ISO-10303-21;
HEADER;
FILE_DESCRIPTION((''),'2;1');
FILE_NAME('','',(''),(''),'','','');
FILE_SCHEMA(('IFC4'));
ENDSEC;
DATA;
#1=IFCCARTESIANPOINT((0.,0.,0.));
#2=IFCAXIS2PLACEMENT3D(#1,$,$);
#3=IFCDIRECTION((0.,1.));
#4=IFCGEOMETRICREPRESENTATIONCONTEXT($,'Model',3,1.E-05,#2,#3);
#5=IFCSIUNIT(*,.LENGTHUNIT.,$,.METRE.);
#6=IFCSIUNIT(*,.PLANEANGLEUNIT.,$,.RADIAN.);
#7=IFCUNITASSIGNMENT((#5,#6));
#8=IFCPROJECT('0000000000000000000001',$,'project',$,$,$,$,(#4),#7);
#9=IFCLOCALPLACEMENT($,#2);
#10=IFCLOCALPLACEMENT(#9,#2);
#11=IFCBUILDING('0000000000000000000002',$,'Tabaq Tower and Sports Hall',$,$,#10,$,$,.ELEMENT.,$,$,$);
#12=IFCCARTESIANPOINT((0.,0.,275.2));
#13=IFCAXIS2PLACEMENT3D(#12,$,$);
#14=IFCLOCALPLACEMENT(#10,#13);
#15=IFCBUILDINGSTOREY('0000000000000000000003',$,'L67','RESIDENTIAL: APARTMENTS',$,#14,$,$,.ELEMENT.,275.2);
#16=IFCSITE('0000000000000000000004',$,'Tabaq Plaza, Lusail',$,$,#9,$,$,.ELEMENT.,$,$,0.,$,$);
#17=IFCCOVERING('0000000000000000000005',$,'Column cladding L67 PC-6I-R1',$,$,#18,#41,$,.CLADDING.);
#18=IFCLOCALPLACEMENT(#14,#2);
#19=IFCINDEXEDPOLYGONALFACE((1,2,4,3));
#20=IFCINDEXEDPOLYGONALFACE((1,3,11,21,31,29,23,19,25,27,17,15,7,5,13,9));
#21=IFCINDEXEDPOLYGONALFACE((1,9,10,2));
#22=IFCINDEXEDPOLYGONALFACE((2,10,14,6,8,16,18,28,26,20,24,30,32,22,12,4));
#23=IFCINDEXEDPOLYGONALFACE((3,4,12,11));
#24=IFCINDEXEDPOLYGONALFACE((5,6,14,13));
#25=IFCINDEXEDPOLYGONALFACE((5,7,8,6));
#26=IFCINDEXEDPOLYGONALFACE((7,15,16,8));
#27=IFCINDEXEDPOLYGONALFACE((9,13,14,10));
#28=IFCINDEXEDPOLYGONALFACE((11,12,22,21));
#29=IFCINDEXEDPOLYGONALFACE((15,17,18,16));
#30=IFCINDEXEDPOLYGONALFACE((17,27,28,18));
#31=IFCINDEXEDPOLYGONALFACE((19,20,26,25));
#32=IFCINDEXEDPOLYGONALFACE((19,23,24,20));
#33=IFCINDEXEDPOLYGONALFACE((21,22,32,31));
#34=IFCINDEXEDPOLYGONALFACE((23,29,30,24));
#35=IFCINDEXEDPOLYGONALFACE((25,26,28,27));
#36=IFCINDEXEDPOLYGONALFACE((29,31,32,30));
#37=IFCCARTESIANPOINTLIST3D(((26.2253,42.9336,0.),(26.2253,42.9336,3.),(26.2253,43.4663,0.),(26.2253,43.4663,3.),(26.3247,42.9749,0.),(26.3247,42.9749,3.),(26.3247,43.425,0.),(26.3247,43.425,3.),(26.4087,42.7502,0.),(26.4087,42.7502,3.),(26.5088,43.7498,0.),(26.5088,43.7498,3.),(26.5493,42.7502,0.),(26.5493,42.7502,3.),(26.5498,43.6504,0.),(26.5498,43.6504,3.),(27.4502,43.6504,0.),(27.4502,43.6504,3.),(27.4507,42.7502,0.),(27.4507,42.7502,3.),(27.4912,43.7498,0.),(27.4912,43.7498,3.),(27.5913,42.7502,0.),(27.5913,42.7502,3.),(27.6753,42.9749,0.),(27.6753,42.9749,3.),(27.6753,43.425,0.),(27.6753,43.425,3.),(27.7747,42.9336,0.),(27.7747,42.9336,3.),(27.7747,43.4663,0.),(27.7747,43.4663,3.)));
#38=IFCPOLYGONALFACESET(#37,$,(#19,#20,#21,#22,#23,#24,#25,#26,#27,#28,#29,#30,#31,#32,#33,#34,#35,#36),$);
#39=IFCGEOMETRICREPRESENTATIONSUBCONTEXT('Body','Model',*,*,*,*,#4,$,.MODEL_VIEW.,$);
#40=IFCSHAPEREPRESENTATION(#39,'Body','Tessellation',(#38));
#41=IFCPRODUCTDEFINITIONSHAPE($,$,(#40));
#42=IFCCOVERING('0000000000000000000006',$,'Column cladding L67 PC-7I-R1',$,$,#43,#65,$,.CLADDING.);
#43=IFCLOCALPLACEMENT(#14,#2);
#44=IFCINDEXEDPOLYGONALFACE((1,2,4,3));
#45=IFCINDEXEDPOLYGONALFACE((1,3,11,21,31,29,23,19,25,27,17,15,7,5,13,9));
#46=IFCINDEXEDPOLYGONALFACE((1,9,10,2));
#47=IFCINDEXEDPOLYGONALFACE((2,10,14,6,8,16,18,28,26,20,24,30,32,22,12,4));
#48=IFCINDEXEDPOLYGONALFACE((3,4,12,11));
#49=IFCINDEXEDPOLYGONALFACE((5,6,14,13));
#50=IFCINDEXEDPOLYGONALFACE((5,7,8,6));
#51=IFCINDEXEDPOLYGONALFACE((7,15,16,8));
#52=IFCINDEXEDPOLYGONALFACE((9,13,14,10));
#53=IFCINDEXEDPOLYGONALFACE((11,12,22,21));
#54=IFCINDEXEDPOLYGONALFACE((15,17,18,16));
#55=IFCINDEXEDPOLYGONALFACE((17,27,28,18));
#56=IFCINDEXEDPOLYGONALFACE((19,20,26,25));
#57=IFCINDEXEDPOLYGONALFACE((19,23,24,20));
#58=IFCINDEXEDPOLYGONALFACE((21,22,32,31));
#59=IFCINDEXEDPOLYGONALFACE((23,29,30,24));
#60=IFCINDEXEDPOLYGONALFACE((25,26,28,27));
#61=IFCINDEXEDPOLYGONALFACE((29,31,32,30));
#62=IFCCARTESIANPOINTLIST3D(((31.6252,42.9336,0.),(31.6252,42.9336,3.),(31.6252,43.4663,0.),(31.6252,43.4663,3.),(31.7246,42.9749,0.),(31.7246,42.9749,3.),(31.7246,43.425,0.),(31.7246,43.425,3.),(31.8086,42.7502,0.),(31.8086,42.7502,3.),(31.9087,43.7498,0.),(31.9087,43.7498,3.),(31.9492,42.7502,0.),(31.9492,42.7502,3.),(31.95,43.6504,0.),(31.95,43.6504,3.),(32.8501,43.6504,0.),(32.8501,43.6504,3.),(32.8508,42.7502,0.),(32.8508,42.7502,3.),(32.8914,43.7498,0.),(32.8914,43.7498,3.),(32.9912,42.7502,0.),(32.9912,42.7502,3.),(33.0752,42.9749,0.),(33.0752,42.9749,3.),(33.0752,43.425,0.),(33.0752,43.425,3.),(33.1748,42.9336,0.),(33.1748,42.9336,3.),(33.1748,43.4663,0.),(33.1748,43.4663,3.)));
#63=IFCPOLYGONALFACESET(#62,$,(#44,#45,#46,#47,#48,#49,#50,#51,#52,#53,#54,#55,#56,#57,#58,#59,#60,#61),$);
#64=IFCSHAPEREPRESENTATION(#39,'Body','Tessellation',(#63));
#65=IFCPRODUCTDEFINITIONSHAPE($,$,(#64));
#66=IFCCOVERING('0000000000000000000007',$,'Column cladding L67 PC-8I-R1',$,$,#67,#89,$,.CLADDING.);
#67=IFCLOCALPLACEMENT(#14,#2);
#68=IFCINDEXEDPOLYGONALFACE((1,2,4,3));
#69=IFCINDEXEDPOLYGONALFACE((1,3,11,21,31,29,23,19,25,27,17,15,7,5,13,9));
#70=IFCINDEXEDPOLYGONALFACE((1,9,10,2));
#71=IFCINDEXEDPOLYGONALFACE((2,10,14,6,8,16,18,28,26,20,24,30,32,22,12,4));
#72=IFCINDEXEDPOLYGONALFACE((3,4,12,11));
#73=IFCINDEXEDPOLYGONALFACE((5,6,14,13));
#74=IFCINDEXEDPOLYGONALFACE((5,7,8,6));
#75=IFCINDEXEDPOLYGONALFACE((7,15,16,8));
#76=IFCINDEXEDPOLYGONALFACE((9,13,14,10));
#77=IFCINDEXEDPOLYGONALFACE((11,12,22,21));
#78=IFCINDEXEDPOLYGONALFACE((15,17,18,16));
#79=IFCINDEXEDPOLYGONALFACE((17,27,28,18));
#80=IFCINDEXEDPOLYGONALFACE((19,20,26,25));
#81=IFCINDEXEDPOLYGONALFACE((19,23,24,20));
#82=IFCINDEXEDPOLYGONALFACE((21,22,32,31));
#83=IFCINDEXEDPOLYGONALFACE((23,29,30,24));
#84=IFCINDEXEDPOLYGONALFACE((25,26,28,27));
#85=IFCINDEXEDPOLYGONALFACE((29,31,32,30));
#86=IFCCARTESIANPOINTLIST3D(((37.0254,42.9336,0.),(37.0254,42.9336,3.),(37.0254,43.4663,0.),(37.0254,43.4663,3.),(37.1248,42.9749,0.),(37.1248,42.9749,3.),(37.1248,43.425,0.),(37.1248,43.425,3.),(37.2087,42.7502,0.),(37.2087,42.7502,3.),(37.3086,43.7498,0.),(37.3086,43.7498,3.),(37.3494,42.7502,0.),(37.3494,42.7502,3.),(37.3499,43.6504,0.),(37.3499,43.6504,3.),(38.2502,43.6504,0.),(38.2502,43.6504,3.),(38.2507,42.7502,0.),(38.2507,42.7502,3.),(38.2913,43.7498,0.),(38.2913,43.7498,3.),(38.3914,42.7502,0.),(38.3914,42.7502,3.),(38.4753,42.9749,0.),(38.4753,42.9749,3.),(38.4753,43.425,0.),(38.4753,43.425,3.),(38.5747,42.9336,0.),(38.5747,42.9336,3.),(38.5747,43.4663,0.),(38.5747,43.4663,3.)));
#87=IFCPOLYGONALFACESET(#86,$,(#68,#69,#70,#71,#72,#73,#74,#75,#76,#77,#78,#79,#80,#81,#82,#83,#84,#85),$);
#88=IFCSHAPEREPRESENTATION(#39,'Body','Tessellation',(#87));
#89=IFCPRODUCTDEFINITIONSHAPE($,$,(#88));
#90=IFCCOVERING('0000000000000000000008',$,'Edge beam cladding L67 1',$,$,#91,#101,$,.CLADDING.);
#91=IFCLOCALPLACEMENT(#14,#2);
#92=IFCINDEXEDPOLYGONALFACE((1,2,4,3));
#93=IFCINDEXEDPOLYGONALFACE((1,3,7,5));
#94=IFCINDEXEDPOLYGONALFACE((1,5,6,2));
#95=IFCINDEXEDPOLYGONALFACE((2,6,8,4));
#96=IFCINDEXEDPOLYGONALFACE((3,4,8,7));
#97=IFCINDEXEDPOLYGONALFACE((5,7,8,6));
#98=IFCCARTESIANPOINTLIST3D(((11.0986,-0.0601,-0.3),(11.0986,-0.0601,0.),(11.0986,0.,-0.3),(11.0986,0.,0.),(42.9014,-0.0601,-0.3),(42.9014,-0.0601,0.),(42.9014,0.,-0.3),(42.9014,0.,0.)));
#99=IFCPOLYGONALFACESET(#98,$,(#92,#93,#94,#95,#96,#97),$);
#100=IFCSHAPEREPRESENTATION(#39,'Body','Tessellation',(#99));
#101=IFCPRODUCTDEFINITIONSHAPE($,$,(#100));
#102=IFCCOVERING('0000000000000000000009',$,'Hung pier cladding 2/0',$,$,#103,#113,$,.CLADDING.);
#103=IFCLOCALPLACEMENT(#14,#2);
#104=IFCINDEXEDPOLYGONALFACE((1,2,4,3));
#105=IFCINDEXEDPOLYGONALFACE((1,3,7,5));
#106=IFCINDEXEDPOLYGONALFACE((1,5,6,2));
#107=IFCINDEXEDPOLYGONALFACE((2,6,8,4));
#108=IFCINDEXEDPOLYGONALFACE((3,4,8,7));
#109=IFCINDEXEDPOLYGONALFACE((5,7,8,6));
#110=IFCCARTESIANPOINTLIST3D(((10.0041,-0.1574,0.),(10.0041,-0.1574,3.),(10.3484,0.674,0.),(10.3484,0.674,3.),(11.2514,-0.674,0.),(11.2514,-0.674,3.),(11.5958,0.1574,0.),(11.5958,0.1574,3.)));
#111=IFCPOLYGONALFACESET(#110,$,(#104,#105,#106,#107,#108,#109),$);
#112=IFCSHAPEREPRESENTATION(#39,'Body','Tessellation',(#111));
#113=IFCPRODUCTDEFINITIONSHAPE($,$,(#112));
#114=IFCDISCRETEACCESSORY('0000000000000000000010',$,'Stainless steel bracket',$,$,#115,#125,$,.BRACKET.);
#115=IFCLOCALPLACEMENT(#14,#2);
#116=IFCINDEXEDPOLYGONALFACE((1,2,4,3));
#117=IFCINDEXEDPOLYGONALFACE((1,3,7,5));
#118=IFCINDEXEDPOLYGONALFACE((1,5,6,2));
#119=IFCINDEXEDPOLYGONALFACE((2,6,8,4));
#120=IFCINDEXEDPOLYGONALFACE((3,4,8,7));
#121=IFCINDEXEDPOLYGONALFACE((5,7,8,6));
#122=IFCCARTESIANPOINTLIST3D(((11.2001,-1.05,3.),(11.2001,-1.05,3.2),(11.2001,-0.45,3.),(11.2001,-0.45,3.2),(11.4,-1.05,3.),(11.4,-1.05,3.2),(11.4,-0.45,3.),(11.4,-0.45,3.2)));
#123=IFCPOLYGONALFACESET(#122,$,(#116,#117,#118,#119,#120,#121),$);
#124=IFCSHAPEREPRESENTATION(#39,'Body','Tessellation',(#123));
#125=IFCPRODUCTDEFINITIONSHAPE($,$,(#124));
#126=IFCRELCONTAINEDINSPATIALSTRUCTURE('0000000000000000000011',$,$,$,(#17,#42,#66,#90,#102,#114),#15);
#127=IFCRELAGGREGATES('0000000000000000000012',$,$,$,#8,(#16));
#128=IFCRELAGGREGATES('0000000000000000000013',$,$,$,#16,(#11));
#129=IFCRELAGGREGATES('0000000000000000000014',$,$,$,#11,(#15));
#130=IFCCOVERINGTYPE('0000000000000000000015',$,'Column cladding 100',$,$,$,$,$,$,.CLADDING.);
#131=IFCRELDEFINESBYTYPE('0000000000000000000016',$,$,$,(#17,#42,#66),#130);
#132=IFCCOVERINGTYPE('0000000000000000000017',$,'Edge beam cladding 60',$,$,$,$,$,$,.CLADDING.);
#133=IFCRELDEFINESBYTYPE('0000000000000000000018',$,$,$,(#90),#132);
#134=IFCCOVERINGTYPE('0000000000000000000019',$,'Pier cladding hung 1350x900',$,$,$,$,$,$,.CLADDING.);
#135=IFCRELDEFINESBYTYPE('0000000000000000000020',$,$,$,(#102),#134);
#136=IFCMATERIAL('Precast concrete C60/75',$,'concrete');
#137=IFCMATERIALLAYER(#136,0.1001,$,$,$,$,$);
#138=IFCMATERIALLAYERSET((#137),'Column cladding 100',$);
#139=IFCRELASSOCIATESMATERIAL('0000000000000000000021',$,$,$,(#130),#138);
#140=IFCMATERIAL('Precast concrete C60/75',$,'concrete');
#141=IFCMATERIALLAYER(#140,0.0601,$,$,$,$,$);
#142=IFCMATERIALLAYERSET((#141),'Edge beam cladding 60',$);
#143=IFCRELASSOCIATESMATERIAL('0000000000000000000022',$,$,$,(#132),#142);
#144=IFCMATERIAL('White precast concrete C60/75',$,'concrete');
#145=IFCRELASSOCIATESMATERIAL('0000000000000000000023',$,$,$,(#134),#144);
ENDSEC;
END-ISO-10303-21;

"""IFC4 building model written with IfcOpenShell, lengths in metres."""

from ifc_helpers import new_model, si_unit, direction, frame, frame_2d, origin, origin_2d, place, context, subcontext, project, spatial, polyline, rectangle, outline, extrude, material, layer, layer_set, type_object, element, save


model = new_model("IFC4")

# Units and contexts
model_context = context("Model", 3, precision=1e-05, world=origin(), true_north=direction((0.0, 1.0)))
body_context = subcontext(model_context, "Body", "Model", "MODEL_VIEW")
ifc_project = project(units=[si_unit("LENGTHUNIT", "METRE"), si_unit("PLANEANGLEUNIT", "RADIAN")], contexts=[model_context])

# Site, building, storey
site_placement = place(None, origin())
site = spatial("IfcSite", under=ifc_project, at=site_placement, Name="Tabaq Plaza, Lusail", CompositionType="ELEMENT", RefElevation=0.0)
building_placement = place(site_placement, origin())
building = spatial("IfcBuilding", under=site, at=building_placement, Name="Tabaq Tower and Sports Hall", CompositionType="ELEMENT")
storey_placement = place(building_placement, frame((0.0, 0.0, 275.2)))
storey = spatial("IfcBuildingStorey", under=building, at=storey_placement, Name="L67", Description="RESIDENTIAL: APARTMENTS", CompositionType="ELEMENT", Elevation=275.2)

# Coverings
ifc_material_1 = material(Name="Precast concrete C60/75", Category="concrete")
ifc_layer_1 = layer(ifc_material_1, 0.1001)
ifc_layer_set_1 = layer_set([ifc_layer_1], Name="Column cladding 100")
covering_type_1 = type_object("IfcCoveringType", Name="Column cladding 100", PredefinedType="CLADDING", material=ifc_layer_set_1)
covering_1_placement = place(storey_placement, origin())
element("IfcCovering", 1, at=covering_1_placement, inside=storey, type_object=covering_type_1, Name="Column cladding L67 PC-6I-R1", PredefinedType="CLADDING", context=body_context, shape_type="SweptSolid", body=[
    extrude(outline(polyline([(26.2253, 43.4663), (26.5088, 43.7498), (27.4912, 43.7498), (27.7747, 43.4663), (27.7747, 42.9336), (27.5913, 42.7502), (27.4507, 42.7502), (27.6753, 42.9749), (27.6753, 43.425), (27.4502, 43.6504), (26.5498, 43.6504), (26.3247, 43.425), (26.3247, 42.9749), (26.5493, 42.7502), (26.4087, 42.7502), (26.2253, 42.9336), (26.2253, 43.4663)])), origin(), (0.0, 0.0, 1.0), 3.0),
])
covering_2_placement = place(storey_placement, origin())
element("IfcCovering", 2, at=covering_2_placement, inside=storey, type_object=covering_type_1, Name="Column cladding L67 PC-7I-R1", PredefinedType="CLADDING", context=body_context, shape_type="SweptSolid", body=[
    extrude(outline(polyline([(31.6252, 43.4663), (31.9087, 43.7498), (32.8914, 43.7498), (33.1748, 43.4663), (33.1748, 42.9336), (32.9912, 42.7502), (32.8508, 42.7502), (33.0752, 42.9749), (33.0752, 43.425), (32.8501, 43.6504), (31.95, 43.6504), (31.7246, 43.425), (31.7246, 42.9749), (31.9492, 42.7502), (31.8086, 42.7502), (31.6252, 42.9336), (31.6252, 43.4663)])), origin(), (0.0, 0.0, 1.0), 3.0),
])
covering_3_placement = place(storey_placement, origin())
element("IfcCovering", 3, at=covering_3_placement, inside=storey, type_object=covering_type_1, Name="Column cladding L67 PC-8I-R1", PredefinedType="CLADDING", context=body_context, shape_type="SweptSolid", body=[
    extrude(outline(polyline([(37.0254, 43.4663), (37.3086, 43.7498), (38.2913, 43.7498), (38.5747, 43.4663), (38.5747, 42.9336), (38.3914, 42.7502), (38.2507, 42.7502), (38.4753, 42.9749), (38.4753, 43.425), (38.2502, 43.6504), (37.3499, 43.6504), (37.1248, 43.425), (37.1248, 42.9749), (37.3494, 42.7502), (37.2087, 42.7502), (37.0254, 42.9336), (37.0254, 43.4663)])), origin(), (0.0, 0.0, 1.0), 3.0),
])
ifc_material_2 = material(Name="Precast concrete C60/75", Category="concrete")
ifc_layer_2 = layer(ifc_material_2, 0.0601)
ifc_layer_set_2 = layer_set([ifc_layer_2], Name="Edge beam cladding 60")
covering_type_2 = type_object("IfcCoveringType", Name="Edge beam cladding 60", PredefinedType="CLADDING", material=ifc_layer_set_2)
covering_4_placement = place(storey_placement, frame((11.0986, -0.03, -0.3), z_axis=(0.0, 0.0, 1.0), x_axis=(1.0, 0.0, 0.0)))
element("IfcCovering", 4, at=covering_4_placement, inside=storey, type_object=covering_type_2, Name="Edge beam cladding L67 1", PredefinedType="CLADDING", context=body_context, shape_type="SweptSolid", body=[
    extrude(rectangle(XDim=31.8027, YDim=0.0601, at=frame_2d((15.9014, 0.0))), origin(), (0.0, 0.0, 1.0), 0.3),
])
ifc_material_3 = material(Name="White precast concrete C60/75", Category="concrete")
covering_type_3 = type_object("IfcCoveringType", Name="Pier cladding hung 1350x900", PredefinedType="CLADDING", material=ifc_material_3)
covering_5_placement = place(storey_placement, frame((10.1763, 0.2583, 0.0), z_axis=(0.0, 0.0, 1.0), x_axis=(0.923893, -0.38265, 0.0)))
element("IfcCovering", 5, at=covering_5_placement, inside=storey, type_object=covering_type_3, Name="Hung pier cladding 2/0", PredefinedType="CLADDING", context=body_context, shape_type="SweptSolid", body=[
    extrude(rectangle(XDim=1.3501, YDim=0.8999, at=frame_2d((0.675, 0.0))), origin(), (0.0, 0.0, 1.0), 3.0),
])

# Discrete accessory
discrete_accessory_placement = place(storey_placement, frame((11.3, -0.75, 3.0), z_axis=(0.0, 0.0, 1.0), x_axis=(0.0, -1.0, 0.0)))
element("IfcDiscreteAccessory", 6, at=discrete_accessory_placement, inside=storey, Name="Stainless steel bracket", PredefinedType="BRACKET", context=body_context, shape_type="SweptSolid", body=[
    extrude(rectangle(XDim=0.6001, YDim=0.2, at=origin_2d()), origin(), (0.0, 0.0, 1.0), 0.2),
])

save(model, "model.ifc")
